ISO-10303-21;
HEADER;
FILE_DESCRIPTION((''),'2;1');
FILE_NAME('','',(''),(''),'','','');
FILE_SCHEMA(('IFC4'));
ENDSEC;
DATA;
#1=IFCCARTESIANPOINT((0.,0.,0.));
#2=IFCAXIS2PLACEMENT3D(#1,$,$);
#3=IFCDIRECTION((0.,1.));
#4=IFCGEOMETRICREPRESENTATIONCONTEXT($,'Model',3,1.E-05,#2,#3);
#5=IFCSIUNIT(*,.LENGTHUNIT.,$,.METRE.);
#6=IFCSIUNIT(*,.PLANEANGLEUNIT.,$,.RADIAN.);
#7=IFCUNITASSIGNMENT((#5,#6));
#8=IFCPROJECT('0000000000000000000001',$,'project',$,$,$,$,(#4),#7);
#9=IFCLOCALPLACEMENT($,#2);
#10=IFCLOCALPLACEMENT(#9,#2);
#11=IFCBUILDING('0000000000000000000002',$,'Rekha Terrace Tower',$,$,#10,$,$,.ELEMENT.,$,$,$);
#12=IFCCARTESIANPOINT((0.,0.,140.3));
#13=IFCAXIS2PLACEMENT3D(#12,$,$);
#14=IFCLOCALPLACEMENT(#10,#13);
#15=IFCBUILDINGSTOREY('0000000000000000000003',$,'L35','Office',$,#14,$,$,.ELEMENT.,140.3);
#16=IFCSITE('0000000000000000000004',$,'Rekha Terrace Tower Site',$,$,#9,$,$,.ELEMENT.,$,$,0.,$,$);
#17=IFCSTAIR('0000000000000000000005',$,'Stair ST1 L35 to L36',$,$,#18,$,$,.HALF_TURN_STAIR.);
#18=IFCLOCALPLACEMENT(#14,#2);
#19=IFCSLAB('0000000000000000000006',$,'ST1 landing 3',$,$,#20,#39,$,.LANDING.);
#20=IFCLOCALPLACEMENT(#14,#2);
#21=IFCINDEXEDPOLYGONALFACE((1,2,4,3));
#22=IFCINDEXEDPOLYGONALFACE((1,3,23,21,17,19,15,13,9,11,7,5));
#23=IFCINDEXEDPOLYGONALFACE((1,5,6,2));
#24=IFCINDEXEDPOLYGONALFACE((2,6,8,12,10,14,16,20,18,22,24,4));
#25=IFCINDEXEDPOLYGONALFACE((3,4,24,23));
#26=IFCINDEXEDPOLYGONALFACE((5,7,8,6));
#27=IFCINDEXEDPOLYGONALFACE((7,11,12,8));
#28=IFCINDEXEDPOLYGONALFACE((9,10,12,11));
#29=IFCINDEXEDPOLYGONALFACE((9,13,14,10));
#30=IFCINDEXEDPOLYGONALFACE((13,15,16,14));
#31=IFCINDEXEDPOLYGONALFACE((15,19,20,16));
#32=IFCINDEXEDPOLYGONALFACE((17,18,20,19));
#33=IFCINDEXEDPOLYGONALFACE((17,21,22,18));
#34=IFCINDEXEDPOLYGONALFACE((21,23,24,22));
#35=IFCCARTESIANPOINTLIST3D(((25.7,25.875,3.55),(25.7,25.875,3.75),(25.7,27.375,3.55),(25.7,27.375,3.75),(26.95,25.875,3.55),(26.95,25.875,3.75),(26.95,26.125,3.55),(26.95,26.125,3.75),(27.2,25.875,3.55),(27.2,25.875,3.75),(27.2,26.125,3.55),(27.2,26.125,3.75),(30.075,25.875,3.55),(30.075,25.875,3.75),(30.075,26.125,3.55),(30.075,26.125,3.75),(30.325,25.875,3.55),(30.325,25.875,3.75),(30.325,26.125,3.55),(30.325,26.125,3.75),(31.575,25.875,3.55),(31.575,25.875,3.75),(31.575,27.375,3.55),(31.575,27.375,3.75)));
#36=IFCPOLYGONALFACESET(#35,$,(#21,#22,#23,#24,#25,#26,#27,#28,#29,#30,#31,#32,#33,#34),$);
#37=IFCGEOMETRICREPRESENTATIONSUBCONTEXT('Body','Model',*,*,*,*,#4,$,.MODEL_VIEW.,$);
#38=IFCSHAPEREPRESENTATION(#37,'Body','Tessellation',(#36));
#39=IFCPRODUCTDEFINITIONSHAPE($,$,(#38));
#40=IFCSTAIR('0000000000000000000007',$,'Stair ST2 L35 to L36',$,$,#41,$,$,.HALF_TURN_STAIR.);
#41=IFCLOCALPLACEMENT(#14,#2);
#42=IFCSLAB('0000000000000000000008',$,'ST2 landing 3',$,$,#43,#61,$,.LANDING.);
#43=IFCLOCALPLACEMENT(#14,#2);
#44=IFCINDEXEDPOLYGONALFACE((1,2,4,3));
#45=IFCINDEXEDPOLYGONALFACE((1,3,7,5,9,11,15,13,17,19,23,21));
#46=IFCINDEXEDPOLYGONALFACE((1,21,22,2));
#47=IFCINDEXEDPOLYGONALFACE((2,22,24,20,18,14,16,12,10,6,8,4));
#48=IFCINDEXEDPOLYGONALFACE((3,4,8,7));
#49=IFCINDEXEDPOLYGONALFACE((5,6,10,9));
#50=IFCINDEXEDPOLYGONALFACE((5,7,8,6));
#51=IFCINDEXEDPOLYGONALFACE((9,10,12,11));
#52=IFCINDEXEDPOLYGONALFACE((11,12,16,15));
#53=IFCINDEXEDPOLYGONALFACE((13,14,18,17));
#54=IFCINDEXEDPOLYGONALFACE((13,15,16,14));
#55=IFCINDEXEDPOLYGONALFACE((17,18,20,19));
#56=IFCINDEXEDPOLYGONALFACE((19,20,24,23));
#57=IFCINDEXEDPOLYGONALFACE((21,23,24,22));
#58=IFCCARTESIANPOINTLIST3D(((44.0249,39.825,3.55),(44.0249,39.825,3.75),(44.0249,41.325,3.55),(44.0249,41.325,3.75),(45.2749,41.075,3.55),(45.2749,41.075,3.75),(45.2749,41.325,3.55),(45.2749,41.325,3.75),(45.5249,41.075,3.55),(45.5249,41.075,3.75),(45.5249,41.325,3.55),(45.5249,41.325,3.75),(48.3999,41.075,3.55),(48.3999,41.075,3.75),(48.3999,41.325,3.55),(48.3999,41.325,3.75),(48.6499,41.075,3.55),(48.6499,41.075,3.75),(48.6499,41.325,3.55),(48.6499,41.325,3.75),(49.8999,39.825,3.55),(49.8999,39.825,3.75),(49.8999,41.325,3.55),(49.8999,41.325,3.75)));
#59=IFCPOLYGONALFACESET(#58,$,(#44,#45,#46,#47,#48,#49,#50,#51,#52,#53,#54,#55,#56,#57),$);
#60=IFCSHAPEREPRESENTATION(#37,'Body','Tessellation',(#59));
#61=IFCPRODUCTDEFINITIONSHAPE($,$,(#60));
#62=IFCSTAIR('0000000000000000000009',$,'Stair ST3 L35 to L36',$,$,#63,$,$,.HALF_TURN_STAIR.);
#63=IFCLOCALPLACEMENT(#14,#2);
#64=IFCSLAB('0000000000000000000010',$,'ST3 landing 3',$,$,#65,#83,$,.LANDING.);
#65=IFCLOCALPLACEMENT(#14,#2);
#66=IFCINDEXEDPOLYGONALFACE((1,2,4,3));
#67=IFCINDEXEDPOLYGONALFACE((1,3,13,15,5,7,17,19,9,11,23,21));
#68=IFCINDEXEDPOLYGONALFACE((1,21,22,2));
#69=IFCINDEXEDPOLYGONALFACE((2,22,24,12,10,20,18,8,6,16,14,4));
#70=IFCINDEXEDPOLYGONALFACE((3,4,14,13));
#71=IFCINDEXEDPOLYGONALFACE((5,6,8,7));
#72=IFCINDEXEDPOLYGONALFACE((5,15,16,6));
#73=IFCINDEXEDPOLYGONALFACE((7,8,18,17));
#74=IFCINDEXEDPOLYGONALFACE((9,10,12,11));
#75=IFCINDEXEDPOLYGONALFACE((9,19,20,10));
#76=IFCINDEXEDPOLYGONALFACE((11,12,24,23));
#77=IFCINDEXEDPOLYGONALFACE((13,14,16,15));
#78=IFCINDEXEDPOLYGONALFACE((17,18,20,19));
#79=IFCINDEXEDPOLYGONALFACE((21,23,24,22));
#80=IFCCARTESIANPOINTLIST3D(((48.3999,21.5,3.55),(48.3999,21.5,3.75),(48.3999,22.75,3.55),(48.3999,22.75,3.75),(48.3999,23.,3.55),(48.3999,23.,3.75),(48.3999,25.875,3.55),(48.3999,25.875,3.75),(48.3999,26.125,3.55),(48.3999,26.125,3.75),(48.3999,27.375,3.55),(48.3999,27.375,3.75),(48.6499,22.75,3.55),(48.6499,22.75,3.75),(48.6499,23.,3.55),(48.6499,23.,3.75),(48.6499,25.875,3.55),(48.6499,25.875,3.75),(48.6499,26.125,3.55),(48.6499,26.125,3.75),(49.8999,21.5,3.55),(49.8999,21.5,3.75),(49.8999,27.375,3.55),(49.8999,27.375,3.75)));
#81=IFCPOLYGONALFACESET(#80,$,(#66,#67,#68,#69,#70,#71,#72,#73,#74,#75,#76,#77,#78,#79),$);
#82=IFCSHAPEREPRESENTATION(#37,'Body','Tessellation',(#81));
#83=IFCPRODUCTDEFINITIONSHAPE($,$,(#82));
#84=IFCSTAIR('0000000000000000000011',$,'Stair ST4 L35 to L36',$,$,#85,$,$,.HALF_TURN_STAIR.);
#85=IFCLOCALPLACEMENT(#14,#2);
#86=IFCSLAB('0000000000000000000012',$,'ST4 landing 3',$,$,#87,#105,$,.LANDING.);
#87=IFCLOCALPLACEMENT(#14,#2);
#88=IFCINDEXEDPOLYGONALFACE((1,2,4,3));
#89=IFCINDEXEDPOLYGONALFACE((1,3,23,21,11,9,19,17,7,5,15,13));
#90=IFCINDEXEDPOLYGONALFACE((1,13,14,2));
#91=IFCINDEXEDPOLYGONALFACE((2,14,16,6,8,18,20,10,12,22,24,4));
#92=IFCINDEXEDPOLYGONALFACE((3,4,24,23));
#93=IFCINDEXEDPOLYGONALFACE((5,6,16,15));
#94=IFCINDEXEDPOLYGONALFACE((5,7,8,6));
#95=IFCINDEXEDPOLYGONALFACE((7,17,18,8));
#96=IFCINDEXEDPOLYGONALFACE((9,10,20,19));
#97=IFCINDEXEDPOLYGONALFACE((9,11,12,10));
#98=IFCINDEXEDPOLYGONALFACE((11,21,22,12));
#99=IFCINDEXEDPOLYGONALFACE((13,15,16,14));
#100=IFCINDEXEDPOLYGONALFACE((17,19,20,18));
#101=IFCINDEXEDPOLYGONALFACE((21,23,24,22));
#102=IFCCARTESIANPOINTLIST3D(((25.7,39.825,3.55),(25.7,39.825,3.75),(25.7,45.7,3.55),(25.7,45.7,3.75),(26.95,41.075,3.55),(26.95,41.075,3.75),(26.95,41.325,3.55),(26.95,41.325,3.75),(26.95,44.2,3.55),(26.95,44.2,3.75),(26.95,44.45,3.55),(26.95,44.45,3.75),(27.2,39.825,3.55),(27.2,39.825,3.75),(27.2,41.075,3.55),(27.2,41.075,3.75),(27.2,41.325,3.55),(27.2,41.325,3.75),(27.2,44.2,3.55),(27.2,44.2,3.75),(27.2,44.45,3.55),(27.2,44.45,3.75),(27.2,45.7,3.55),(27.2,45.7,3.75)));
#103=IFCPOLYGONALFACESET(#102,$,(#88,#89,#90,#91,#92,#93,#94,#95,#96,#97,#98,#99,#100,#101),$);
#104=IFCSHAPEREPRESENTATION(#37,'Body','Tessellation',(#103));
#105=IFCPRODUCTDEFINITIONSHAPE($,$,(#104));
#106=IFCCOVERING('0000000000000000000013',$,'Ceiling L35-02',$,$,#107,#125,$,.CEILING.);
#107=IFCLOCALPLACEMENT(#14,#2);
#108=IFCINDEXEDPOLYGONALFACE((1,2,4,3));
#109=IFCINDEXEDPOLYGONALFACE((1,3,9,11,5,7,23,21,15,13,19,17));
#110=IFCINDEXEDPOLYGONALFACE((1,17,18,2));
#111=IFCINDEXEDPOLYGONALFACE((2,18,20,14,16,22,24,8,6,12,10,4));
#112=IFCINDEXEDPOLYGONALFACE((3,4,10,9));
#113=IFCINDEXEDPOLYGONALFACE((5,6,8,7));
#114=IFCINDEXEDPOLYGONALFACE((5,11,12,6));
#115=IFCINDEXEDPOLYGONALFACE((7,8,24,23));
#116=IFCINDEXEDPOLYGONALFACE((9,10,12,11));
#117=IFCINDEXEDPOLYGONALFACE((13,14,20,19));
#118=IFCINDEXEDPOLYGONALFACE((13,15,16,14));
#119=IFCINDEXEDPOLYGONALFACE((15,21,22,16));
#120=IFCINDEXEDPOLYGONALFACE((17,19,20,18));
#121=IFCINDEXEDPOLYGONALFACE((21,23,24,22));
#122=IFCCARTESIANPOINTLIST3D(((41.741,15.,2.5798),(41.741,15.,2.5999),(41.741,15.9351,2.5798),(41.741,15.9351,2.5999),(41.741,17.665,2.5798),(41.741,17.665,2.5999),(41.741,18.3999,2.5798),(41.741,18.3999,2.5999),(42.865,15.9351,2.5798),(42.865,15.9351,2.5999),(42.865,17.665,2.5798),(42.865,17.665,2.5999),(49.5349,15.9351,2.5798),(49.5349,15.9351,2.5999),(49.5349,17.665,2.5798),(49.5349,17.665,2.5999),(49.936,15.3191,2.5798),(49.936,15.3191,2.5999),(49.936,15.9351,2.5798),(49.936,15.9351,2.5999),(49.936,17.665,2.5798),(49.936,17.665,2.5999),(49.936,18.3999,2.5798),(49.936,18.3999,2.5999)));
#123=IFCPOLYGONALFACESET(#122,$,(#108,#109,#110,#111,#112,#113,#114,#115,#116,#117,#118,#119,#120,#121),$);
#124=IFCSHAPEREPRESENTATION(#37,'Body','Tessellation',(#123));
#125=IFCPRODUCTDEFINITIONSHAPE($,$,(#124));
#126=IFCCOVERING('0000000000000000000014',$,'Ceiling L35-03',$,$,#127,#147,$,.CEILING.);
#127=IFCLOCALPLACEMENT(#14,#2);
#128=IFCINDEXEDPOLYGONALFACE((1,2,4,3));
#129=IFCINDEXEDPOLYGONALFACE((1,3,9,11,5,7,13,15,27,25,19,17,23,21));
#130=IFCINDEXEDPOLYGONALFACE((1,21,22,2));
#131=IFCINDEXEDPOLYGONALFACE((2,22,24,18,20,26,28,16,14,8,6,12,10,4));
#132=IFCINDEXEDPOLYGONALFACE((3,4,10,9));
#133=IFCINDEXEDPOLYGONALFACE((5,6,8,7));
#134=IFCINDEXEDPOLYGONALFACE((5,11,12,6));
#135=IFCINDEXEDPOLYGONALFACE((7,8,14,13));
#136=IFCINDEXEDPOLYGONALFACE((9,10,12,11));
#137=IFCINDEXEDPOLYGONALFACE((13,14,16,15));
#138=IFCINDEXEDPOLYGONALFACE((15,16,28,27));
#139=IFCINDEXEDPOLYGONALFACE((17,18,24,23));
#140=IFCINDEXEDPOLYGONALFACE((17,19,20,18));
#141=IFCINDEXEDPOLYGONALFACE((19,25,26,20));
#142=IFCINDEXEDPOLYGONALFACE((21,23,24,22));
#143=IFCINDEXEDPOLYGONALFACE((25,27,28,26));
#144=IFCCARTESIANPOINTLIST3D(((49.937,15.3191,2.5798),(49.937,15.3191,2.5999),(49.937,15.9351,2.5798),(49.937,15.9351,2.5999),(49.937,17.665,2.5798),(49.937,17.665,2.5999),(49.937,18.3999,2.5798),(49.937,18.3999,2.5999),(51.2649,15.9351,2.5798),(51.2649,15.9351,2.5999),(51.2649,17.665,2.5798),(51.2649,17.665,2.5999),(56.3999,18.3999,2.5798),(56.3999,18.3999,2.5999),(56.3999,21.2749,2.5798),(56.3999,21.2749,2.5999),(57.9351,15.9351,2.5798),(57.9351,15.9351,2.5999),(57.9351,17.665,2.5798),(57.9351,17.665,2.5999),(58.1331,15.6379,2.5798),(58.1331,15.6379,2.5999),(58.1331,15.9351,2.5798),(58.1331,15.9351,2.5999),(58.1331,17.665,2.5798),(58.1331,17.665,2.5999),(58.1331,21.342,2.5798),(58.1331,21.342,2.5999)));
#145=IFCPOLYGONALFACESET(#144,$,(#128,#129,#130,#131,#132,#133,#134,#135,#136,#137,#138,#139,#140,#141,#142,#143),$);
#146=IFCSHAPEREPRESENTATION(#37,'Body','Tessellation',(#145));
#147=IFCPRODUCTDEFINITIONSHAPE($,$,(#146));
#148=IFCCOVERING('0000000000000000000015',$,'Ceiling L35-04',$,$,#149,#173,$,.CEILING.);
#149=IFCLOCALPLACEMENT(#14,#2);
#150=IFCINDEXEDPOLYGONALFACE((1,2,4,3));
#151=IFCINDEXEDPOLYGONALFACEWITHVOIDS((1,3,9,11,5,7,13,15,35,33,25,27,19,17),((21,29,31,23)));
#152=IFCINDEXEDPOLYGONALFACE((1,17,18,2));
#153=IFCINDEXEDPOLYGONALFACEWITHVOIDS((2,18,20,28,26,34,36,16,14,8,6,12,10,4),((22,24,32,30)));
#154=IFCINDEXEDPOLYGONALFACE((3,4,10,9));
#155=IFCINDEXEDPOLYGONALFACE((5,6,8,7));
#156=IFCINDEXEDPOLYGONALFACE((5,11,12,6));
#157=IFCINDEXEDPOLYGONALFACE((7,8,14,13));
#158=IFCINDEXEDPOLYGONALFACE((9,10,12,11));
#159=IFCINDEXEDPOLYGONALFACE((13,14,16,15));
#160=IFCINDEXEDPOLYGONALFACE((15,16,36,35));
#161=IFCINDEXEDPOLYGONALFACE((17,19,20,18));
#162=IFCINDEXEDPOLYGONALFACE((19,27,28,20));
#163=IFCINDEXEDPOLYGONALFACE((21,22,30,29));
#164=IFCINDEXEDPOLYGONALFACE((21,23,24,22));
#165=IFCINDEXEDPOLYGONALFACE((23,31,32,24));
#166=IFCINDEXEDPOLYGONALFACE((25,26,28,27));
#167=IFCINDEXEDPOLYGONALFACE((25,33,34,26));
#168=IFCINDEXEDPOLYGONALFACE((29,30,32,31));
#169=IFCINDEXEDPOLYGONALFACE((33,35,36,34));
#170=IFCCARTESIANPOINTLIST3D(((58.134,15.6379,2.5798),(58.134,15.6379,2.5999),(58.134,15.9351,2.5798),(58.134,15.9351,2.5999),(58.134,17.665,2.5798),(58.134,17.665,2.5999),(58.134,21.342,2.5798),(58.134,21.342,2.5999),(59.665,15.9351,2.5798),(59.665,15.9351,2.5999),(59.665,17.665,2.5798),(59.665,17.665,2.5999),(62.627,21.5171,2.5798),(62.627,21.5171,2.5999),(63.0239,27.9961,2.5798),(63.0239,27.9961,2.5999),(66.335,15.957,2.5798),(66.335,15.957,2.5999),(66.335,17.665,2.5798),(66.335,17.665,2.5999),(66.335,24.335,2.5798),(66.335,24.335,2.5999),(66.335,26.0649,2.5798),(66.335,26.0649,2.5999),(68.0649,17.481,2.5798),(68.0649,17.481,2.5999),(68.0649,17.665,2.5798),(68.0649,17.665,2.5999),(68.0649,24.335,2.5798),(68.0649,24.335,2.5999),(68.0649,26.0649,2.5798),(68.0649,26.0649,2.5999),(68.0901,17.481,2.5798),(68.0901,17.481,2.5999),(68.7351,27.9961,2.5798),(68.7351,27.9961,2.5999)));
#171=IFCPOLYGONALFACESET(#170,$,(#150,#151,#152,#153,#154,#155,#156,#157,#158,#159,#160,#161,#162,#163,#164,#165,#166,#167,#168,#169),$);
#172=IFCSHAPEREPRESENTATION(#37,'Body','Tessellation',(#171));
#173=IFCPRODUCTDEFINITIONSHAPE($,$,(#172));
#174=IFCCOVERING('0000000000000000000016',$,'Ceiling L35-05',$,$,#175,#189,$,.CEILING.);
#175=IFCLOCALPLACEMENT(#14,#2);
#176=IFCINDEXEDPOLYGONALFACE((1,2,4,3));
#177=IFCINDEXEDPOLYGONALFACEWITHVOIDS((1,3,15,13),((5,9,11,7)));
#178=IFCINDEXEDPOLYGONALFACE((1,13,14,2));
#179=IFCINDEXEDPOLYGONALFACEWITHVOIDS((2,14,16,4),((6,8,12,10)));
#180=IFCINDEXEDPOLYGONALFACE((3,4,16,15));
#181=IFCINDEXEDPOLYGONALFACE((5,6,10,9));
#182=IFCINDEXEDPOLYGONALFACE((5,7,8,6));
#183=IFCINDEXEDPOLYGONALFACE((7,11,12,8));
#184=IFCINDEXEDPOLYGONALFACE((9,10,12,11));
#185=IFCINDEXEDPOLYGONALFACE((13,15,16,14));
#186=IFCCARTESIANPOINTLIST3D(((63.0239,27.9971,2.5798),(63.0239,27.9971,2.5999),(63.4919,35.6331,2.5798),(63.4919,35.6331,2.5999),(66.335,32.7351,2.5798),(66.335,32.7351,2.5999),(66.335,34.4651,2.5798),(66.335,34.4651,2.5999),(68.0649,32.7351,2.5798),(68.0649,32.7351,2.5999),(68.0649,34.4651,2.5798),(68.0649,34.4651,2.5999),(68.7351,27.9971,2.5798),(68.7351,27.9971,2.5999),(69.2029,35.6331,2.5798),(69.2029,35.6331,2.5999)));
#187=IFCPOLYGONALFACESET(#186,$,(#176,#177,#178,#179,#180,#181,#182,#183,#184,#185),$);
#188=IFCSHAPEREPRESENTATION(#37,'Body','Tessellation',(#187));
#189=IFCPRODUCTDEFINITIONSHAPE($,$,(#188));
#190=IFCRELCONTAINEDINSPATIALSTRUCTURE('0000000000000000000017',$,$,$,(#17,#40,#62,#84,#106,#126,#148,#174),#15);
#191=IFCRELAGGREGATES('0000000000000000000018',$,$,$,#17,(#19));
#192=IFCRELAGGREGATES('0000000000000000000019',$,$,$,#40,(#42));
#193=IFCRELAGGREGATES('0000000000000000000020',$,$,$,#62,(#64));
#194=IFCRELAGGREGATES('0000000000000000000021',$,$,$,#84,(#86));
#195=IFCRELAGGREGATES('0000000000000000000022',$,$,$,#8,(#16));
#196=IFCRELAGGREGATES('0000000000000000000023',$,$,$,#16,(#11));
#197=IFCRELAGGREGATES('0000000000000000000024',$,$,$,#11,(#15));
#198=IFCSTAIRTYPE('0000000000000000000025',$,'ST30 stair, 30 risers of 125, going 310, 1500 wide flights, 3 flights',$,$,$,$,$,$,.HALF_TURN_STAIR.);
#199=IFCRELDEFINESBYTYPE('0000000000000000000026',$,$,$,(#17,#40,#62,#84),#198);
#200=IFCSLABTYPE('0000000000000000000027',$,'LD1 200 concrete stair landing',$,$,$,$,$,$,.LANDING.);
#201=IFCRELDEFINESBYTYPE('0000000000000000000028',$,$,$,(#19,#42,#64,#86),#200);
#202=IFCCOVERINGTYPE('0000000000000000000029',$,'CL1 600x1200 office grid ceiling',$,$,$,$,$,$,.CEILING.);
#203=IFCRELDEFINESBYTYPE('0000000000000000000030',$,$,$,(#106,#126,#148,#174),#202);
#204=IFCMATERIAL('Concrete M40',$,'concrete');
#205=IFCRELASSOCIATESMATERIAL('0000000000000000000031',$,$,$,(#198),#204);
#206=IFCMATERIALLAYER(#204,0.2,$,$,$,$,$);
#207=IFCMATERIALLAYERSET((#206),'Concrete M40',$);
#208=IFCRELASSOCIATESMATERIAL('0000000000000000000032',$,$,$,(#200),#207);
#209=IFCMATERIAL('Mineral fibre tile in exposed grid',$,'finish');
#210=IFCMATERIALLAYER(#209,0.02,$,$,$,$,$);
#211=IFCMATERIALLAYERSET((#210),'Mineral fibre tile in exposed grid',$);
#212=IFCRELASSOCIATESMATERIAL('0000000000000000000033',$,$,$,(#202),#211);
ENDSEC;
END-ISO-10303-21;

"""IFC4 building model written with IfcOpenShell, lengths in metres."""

from ifc_helpers import new_model, si_unit, direction, frame, origin, place, context, subcontext, project, spatial, polyline, outline, extrude, material, layer, layer_set, type_object, element, aggregate, save


model = new_model("IFC4")

# Units and contexts
model_context = context("Model", 3, precision=1e-05, world=origin(), true_north=direction((0.0, 1.0)))
body_context = subcontext(model_context, "Body", "Model", "MODEL_VIEW")
ifc_project = project(units=[si_unit("LENGTHUNIT", "METRE"), si_unit("PLANEANGLEUNIT", "RADIAN")], contexts=[model_context])

# Site, building, storey
site_placement = place(None, origin())
site = spatial("IfcSite", under=ifc_project, at=site_placement, Name="Rekha Terrace Tower Site", CompositionType="ELEMENT", RefElevation=0.0)
building_placement = place(site_placement, origin())
building = spatial("IfcBuilding", under=site, at=building_placement, Name="Rekha Terrace Tower", CompositionType="ELEMENT")
storey_placement = place(building_placement, frame((0.0, 0.0, 140.3)))
storey = spatial("IfcBuildingStorey", under=building, at=storey_placement, Name="L35", Description="Office", CompositionType="ELEMENT", Elevation=140.3)

# Stairs, slabs
ifc_material_1 = material(Name="Concrete M40", Category="concrete")
stair_type = type_object("IfcStairType", Name="ST30 stair, 30 risers of 125, going 310, 1500 wide flights, 3 flights", PredefinedType="HALF_TURN_STAIR", material=ifc_material_1)
stair_1_placement = place(storey_placement, origin())
stair_1 = element("IfcStair", 1, at=stair_1_placement, inside=storey, type_object=stair_type, Name="Stair ST1 L35 to L36", PredefinedType="HALF_TURN_STAIR")
ifc_layer_1 = layer(ifc_material_1, 0.2)
ifc_layer_set_1 = layer_set([ifc_layer_1], Name="Concrete M40")
slab_type = type_object("IfcSlabType", Name="LD1 200 concrete stair landing", PredefinedType="LANDING", material=ifc_layer_set_1)
slab_1_placement = place(storey_placement, frame((0.0, 0.0, 3.55)))
slab_1 = element("IfcSlab", 2, at=slab_1_placement, type_object=slab_type, Name="ST1 landing 3", PredefinedType="LANDING", context=body_context, shape_type="SweptSolid", body=[
    extrude(outline(polyline([(31.575, 25.875), (31.575, 27.375), (25.7, 27.375), (25.7, 25.875), (26.95, 25.875), (26.95, 26.125), (27.2, 26.125), (27.2, 25.875), (30.075, 25.875), (30.075, 26.125), (30.325, 26.125), (30.325, 25.875), (31.575, 25.875)])), origin(), (0.0, 0.0, 1.0), 0.2),
])
aggregate(stair_1, [slab_1])
stair_2_placement = place(storey_placement, origin())
stair_2 = element("IfcStair", 3, at=stair_2_placement, inside=storey, type_object=stair_type, Name="Stair ST2 L35 to L36", PredefinedType="HALF_TURN_STAIR")
slab_2_placement = place(storey_placement, frame((0.0, 0.0, 3.55)))
slab_2 = element("IfcSlab", 4, at=slab_2_placement, type_object=slab_type, Name="ST2 landing 3", PredefinedType="LANDING", context=body_context, shape_type="SweptSolid", body=[
    extrude(outline(polyline([(44.0249, 41.325), (44.0249, 39.825), (49.8999, 39.825), (49.8999, 41.325), (48.6499, 41.325), (48.6499, 41.075), (48.3999, 41.075), (48.3999, 41.325), (45.5249, 41.325), (45.5249, 41.075), (45.2749, 41.075), (45.2749, 41.325), (44.0249, 41.325)])), origin(), (0.0, 0.0, 1.0), 0.2),
])
aggregate(stair_2, [slab_2])
stair_3_placement = place(storey_placement, origin())
stair_3 = element("IfcStair", 5, at=stair_3_placement, inside=storey, type_object=stair_type, Name="Stair ST3 L35 to L36", PredefinedType="HALF_TURN_STAIR")
slab_3_placement = place(storey_placement, frame((0.0, 0.0, 3.55)))
slab_3 = element("IfcSlab", 6, at=slab_3_placement, type_object=slab_type, Name="ST3 landing 3", PredefinedType="LANDING", context=body_context, shape_type="SweptSolid", body=[
    extrude(outline(polyline([(48.3999, 21.5), (49.8999, 21.5), (49.8999, 27.375), (48.3999, 27.375), (48.3999, 26.125), (48.6499, 26.125), (48.6499, 25.875), (48.3999, 25.875), (48.3999, 23.0), (48.6499, 23.0), (48.6499, 22.75), (48.3999, 22.75), (48.3999, 21.5)])), origin(), (0.0, 0.0, 1.0), 0.2),
])
aggregate(stair_3, [slab_3])
stair_4_placement = place(storey_placement, origin())
stair_4 = element("IfcStair", 7, at=stair_4_placement, inside=storey, type_object=stair_type, Name="Stair ST4 L35 to L36", PredefinedType="HALF_TURN_STAIR")
slab_4_placement = place(storey_placement, frame((0.0, 0.0, 3.55)))
slab_4 = element("IfcSlab", 8, at=slab_4_placement, type_object=slab_type, Name="ST4 landing 3", PredefinedType="LANDING", context=body_context, shape_type="SweptSolid", body=[
    extrude(outline(polyline([(27.2, 39.825), (25.7, 39.825), (25.7, 45.7), (27.2, 45.7), (27.2, 44.45), (26.95, 44.45), (26.95, 44.2), (27.2, 44.2), (27.2, 41.325), (26.95, 41.325), (26.95, 41.075), (27.2, 41.075), (27.2, 39.825)])), origin(), (0.0, 0.0, 1.0), 0.2),
])
aggregate(stair_4, [slab_4])

# Coverings
ifc_material_2 = material(Name="Mineral fibre tile in exposed grid", Category="finish")
ifc_layer_2 = layer(ifc_material_2, 0.02)
ifc_layer_set_2 = layer_set([ifc_layer_2], Name="Mineral fibre tile in exposed grid")
covering_type_1 = type_object("IfcCoveringType", Name="CL1 600x1200 office grid ceiling", PredefinedType="CEILING", material=ifc_layer_set_2)
covering_1_placement = place(storey_placement, frame((0.0, 0.0, 2.5798)))
element("IfcCovering", 9, at=covering_1_placement, inside=storey, type_object=covering_type_1, Name="Ceiling L35-02", PredefinedType="CEILING", context=body_context, shape_type="SweptSolid", body=[
    extrude(outline(polyline([(41.741, 15.9351), (41.741, 15.0), (49.936, 15.3191), (49.936, 15.9351), (49.5349, 15.9351), (49.5349, 17.665), (49.936, 17.665), (49.936, 18.3999), (41.741, 18.3999), (41.741, 17.665), (42.865, 17.665), (42.865, 15.9351), (41.741, 15.9351)])), origin(), (0.0, 0.0, 1.0), 0.02),
])
covering_2_placement = place(storey_placement, frame((0.0, 0.0, 2.5798)))
element("IfcCovering", 10, at=covering_2_placement, inside=storey, type_object=covering_type_1, Name="Ceiling L35-03", PredefinedType="CEILING", context=body_context, shape_type="SweptSolid", body=[
    extrude(outline(polyline([(58.1331, 17.665), (58.1331, 21.342), (56.3999, 21.2749), (56.3999, 18.3999), (49.937, 18.3999), (49.937, 17.665), (51.2649, 17.665), (51.2649, 15.9351), (49.937, 15.9351), (49.937, 15.3191), (58.1331, 15.6379), (58.1331, 15.9351), (57.9351, 15.9351), (57.9351, 17.665), (58.1331, 17.665)])), origin(), (0.0, 0.0, 1.0), 0.02),
])
covering_3_placement = place(storey_placement, frame((0.0, 0.0, 2.5798)))
element("IfcCovering", 11, at=covering_3_placement, inside=storey, type_object=covering_type_1, Name="Ceiling L35-04", PredefinedType="CEILING", context=body_context, shape_type="SweptSolid", body=[
    extrude(outline(polyline([(68.0901, 17.481), (68.7351, 27.9961), (63.0239, 27.9961), (62.627, 21.5171), (58.134, 21.342), (58.134, 17.665), (59.665, 17.665), (59.665, 15.9351), (58.134, 15.9351), (58.134, 15.6379), (66.335, 15.957), (66.335, 17.665), (68.0649, 17.665), (68.0649, 17.481), (68.0901, 17.481)]), holes=[polyline([(68.0649, 24.335), (66.335, 24.335), (66.335, 26.0649), (68.0649, 26.0649), (68.0649, 24.335)])]), origin(), (0.0, 0.0, 1.0), 0.02),
])
covering_4_placement = place(storey_placement, frame((0.0, 0.0, 2.5798)))
element("IfcCovering", 12, at=covering_4_placement, inside=storey, type_object=covering_type_1, Name="Ceiling L35-05", PredefinedType="CEILING", context=body_context, shape_type="SweptSolid", body=[
    extrude(outline(polyline([(63.0239, 27.9971), (68.7351, 27.9971), (69.2029, 35.6331), (63.4919, 35.6331), (63.0239, 27.9971)]), holes=[polyline([(68.0649, 34.4651), (68.0649, 32.7351), (66.335, 32.7351), (66.335, 34.4651), (68.0649, 34.4651)])]), origin(), (0.0, 0.0, 1.0), 0.02),
])

save(model, "model.ifc")
